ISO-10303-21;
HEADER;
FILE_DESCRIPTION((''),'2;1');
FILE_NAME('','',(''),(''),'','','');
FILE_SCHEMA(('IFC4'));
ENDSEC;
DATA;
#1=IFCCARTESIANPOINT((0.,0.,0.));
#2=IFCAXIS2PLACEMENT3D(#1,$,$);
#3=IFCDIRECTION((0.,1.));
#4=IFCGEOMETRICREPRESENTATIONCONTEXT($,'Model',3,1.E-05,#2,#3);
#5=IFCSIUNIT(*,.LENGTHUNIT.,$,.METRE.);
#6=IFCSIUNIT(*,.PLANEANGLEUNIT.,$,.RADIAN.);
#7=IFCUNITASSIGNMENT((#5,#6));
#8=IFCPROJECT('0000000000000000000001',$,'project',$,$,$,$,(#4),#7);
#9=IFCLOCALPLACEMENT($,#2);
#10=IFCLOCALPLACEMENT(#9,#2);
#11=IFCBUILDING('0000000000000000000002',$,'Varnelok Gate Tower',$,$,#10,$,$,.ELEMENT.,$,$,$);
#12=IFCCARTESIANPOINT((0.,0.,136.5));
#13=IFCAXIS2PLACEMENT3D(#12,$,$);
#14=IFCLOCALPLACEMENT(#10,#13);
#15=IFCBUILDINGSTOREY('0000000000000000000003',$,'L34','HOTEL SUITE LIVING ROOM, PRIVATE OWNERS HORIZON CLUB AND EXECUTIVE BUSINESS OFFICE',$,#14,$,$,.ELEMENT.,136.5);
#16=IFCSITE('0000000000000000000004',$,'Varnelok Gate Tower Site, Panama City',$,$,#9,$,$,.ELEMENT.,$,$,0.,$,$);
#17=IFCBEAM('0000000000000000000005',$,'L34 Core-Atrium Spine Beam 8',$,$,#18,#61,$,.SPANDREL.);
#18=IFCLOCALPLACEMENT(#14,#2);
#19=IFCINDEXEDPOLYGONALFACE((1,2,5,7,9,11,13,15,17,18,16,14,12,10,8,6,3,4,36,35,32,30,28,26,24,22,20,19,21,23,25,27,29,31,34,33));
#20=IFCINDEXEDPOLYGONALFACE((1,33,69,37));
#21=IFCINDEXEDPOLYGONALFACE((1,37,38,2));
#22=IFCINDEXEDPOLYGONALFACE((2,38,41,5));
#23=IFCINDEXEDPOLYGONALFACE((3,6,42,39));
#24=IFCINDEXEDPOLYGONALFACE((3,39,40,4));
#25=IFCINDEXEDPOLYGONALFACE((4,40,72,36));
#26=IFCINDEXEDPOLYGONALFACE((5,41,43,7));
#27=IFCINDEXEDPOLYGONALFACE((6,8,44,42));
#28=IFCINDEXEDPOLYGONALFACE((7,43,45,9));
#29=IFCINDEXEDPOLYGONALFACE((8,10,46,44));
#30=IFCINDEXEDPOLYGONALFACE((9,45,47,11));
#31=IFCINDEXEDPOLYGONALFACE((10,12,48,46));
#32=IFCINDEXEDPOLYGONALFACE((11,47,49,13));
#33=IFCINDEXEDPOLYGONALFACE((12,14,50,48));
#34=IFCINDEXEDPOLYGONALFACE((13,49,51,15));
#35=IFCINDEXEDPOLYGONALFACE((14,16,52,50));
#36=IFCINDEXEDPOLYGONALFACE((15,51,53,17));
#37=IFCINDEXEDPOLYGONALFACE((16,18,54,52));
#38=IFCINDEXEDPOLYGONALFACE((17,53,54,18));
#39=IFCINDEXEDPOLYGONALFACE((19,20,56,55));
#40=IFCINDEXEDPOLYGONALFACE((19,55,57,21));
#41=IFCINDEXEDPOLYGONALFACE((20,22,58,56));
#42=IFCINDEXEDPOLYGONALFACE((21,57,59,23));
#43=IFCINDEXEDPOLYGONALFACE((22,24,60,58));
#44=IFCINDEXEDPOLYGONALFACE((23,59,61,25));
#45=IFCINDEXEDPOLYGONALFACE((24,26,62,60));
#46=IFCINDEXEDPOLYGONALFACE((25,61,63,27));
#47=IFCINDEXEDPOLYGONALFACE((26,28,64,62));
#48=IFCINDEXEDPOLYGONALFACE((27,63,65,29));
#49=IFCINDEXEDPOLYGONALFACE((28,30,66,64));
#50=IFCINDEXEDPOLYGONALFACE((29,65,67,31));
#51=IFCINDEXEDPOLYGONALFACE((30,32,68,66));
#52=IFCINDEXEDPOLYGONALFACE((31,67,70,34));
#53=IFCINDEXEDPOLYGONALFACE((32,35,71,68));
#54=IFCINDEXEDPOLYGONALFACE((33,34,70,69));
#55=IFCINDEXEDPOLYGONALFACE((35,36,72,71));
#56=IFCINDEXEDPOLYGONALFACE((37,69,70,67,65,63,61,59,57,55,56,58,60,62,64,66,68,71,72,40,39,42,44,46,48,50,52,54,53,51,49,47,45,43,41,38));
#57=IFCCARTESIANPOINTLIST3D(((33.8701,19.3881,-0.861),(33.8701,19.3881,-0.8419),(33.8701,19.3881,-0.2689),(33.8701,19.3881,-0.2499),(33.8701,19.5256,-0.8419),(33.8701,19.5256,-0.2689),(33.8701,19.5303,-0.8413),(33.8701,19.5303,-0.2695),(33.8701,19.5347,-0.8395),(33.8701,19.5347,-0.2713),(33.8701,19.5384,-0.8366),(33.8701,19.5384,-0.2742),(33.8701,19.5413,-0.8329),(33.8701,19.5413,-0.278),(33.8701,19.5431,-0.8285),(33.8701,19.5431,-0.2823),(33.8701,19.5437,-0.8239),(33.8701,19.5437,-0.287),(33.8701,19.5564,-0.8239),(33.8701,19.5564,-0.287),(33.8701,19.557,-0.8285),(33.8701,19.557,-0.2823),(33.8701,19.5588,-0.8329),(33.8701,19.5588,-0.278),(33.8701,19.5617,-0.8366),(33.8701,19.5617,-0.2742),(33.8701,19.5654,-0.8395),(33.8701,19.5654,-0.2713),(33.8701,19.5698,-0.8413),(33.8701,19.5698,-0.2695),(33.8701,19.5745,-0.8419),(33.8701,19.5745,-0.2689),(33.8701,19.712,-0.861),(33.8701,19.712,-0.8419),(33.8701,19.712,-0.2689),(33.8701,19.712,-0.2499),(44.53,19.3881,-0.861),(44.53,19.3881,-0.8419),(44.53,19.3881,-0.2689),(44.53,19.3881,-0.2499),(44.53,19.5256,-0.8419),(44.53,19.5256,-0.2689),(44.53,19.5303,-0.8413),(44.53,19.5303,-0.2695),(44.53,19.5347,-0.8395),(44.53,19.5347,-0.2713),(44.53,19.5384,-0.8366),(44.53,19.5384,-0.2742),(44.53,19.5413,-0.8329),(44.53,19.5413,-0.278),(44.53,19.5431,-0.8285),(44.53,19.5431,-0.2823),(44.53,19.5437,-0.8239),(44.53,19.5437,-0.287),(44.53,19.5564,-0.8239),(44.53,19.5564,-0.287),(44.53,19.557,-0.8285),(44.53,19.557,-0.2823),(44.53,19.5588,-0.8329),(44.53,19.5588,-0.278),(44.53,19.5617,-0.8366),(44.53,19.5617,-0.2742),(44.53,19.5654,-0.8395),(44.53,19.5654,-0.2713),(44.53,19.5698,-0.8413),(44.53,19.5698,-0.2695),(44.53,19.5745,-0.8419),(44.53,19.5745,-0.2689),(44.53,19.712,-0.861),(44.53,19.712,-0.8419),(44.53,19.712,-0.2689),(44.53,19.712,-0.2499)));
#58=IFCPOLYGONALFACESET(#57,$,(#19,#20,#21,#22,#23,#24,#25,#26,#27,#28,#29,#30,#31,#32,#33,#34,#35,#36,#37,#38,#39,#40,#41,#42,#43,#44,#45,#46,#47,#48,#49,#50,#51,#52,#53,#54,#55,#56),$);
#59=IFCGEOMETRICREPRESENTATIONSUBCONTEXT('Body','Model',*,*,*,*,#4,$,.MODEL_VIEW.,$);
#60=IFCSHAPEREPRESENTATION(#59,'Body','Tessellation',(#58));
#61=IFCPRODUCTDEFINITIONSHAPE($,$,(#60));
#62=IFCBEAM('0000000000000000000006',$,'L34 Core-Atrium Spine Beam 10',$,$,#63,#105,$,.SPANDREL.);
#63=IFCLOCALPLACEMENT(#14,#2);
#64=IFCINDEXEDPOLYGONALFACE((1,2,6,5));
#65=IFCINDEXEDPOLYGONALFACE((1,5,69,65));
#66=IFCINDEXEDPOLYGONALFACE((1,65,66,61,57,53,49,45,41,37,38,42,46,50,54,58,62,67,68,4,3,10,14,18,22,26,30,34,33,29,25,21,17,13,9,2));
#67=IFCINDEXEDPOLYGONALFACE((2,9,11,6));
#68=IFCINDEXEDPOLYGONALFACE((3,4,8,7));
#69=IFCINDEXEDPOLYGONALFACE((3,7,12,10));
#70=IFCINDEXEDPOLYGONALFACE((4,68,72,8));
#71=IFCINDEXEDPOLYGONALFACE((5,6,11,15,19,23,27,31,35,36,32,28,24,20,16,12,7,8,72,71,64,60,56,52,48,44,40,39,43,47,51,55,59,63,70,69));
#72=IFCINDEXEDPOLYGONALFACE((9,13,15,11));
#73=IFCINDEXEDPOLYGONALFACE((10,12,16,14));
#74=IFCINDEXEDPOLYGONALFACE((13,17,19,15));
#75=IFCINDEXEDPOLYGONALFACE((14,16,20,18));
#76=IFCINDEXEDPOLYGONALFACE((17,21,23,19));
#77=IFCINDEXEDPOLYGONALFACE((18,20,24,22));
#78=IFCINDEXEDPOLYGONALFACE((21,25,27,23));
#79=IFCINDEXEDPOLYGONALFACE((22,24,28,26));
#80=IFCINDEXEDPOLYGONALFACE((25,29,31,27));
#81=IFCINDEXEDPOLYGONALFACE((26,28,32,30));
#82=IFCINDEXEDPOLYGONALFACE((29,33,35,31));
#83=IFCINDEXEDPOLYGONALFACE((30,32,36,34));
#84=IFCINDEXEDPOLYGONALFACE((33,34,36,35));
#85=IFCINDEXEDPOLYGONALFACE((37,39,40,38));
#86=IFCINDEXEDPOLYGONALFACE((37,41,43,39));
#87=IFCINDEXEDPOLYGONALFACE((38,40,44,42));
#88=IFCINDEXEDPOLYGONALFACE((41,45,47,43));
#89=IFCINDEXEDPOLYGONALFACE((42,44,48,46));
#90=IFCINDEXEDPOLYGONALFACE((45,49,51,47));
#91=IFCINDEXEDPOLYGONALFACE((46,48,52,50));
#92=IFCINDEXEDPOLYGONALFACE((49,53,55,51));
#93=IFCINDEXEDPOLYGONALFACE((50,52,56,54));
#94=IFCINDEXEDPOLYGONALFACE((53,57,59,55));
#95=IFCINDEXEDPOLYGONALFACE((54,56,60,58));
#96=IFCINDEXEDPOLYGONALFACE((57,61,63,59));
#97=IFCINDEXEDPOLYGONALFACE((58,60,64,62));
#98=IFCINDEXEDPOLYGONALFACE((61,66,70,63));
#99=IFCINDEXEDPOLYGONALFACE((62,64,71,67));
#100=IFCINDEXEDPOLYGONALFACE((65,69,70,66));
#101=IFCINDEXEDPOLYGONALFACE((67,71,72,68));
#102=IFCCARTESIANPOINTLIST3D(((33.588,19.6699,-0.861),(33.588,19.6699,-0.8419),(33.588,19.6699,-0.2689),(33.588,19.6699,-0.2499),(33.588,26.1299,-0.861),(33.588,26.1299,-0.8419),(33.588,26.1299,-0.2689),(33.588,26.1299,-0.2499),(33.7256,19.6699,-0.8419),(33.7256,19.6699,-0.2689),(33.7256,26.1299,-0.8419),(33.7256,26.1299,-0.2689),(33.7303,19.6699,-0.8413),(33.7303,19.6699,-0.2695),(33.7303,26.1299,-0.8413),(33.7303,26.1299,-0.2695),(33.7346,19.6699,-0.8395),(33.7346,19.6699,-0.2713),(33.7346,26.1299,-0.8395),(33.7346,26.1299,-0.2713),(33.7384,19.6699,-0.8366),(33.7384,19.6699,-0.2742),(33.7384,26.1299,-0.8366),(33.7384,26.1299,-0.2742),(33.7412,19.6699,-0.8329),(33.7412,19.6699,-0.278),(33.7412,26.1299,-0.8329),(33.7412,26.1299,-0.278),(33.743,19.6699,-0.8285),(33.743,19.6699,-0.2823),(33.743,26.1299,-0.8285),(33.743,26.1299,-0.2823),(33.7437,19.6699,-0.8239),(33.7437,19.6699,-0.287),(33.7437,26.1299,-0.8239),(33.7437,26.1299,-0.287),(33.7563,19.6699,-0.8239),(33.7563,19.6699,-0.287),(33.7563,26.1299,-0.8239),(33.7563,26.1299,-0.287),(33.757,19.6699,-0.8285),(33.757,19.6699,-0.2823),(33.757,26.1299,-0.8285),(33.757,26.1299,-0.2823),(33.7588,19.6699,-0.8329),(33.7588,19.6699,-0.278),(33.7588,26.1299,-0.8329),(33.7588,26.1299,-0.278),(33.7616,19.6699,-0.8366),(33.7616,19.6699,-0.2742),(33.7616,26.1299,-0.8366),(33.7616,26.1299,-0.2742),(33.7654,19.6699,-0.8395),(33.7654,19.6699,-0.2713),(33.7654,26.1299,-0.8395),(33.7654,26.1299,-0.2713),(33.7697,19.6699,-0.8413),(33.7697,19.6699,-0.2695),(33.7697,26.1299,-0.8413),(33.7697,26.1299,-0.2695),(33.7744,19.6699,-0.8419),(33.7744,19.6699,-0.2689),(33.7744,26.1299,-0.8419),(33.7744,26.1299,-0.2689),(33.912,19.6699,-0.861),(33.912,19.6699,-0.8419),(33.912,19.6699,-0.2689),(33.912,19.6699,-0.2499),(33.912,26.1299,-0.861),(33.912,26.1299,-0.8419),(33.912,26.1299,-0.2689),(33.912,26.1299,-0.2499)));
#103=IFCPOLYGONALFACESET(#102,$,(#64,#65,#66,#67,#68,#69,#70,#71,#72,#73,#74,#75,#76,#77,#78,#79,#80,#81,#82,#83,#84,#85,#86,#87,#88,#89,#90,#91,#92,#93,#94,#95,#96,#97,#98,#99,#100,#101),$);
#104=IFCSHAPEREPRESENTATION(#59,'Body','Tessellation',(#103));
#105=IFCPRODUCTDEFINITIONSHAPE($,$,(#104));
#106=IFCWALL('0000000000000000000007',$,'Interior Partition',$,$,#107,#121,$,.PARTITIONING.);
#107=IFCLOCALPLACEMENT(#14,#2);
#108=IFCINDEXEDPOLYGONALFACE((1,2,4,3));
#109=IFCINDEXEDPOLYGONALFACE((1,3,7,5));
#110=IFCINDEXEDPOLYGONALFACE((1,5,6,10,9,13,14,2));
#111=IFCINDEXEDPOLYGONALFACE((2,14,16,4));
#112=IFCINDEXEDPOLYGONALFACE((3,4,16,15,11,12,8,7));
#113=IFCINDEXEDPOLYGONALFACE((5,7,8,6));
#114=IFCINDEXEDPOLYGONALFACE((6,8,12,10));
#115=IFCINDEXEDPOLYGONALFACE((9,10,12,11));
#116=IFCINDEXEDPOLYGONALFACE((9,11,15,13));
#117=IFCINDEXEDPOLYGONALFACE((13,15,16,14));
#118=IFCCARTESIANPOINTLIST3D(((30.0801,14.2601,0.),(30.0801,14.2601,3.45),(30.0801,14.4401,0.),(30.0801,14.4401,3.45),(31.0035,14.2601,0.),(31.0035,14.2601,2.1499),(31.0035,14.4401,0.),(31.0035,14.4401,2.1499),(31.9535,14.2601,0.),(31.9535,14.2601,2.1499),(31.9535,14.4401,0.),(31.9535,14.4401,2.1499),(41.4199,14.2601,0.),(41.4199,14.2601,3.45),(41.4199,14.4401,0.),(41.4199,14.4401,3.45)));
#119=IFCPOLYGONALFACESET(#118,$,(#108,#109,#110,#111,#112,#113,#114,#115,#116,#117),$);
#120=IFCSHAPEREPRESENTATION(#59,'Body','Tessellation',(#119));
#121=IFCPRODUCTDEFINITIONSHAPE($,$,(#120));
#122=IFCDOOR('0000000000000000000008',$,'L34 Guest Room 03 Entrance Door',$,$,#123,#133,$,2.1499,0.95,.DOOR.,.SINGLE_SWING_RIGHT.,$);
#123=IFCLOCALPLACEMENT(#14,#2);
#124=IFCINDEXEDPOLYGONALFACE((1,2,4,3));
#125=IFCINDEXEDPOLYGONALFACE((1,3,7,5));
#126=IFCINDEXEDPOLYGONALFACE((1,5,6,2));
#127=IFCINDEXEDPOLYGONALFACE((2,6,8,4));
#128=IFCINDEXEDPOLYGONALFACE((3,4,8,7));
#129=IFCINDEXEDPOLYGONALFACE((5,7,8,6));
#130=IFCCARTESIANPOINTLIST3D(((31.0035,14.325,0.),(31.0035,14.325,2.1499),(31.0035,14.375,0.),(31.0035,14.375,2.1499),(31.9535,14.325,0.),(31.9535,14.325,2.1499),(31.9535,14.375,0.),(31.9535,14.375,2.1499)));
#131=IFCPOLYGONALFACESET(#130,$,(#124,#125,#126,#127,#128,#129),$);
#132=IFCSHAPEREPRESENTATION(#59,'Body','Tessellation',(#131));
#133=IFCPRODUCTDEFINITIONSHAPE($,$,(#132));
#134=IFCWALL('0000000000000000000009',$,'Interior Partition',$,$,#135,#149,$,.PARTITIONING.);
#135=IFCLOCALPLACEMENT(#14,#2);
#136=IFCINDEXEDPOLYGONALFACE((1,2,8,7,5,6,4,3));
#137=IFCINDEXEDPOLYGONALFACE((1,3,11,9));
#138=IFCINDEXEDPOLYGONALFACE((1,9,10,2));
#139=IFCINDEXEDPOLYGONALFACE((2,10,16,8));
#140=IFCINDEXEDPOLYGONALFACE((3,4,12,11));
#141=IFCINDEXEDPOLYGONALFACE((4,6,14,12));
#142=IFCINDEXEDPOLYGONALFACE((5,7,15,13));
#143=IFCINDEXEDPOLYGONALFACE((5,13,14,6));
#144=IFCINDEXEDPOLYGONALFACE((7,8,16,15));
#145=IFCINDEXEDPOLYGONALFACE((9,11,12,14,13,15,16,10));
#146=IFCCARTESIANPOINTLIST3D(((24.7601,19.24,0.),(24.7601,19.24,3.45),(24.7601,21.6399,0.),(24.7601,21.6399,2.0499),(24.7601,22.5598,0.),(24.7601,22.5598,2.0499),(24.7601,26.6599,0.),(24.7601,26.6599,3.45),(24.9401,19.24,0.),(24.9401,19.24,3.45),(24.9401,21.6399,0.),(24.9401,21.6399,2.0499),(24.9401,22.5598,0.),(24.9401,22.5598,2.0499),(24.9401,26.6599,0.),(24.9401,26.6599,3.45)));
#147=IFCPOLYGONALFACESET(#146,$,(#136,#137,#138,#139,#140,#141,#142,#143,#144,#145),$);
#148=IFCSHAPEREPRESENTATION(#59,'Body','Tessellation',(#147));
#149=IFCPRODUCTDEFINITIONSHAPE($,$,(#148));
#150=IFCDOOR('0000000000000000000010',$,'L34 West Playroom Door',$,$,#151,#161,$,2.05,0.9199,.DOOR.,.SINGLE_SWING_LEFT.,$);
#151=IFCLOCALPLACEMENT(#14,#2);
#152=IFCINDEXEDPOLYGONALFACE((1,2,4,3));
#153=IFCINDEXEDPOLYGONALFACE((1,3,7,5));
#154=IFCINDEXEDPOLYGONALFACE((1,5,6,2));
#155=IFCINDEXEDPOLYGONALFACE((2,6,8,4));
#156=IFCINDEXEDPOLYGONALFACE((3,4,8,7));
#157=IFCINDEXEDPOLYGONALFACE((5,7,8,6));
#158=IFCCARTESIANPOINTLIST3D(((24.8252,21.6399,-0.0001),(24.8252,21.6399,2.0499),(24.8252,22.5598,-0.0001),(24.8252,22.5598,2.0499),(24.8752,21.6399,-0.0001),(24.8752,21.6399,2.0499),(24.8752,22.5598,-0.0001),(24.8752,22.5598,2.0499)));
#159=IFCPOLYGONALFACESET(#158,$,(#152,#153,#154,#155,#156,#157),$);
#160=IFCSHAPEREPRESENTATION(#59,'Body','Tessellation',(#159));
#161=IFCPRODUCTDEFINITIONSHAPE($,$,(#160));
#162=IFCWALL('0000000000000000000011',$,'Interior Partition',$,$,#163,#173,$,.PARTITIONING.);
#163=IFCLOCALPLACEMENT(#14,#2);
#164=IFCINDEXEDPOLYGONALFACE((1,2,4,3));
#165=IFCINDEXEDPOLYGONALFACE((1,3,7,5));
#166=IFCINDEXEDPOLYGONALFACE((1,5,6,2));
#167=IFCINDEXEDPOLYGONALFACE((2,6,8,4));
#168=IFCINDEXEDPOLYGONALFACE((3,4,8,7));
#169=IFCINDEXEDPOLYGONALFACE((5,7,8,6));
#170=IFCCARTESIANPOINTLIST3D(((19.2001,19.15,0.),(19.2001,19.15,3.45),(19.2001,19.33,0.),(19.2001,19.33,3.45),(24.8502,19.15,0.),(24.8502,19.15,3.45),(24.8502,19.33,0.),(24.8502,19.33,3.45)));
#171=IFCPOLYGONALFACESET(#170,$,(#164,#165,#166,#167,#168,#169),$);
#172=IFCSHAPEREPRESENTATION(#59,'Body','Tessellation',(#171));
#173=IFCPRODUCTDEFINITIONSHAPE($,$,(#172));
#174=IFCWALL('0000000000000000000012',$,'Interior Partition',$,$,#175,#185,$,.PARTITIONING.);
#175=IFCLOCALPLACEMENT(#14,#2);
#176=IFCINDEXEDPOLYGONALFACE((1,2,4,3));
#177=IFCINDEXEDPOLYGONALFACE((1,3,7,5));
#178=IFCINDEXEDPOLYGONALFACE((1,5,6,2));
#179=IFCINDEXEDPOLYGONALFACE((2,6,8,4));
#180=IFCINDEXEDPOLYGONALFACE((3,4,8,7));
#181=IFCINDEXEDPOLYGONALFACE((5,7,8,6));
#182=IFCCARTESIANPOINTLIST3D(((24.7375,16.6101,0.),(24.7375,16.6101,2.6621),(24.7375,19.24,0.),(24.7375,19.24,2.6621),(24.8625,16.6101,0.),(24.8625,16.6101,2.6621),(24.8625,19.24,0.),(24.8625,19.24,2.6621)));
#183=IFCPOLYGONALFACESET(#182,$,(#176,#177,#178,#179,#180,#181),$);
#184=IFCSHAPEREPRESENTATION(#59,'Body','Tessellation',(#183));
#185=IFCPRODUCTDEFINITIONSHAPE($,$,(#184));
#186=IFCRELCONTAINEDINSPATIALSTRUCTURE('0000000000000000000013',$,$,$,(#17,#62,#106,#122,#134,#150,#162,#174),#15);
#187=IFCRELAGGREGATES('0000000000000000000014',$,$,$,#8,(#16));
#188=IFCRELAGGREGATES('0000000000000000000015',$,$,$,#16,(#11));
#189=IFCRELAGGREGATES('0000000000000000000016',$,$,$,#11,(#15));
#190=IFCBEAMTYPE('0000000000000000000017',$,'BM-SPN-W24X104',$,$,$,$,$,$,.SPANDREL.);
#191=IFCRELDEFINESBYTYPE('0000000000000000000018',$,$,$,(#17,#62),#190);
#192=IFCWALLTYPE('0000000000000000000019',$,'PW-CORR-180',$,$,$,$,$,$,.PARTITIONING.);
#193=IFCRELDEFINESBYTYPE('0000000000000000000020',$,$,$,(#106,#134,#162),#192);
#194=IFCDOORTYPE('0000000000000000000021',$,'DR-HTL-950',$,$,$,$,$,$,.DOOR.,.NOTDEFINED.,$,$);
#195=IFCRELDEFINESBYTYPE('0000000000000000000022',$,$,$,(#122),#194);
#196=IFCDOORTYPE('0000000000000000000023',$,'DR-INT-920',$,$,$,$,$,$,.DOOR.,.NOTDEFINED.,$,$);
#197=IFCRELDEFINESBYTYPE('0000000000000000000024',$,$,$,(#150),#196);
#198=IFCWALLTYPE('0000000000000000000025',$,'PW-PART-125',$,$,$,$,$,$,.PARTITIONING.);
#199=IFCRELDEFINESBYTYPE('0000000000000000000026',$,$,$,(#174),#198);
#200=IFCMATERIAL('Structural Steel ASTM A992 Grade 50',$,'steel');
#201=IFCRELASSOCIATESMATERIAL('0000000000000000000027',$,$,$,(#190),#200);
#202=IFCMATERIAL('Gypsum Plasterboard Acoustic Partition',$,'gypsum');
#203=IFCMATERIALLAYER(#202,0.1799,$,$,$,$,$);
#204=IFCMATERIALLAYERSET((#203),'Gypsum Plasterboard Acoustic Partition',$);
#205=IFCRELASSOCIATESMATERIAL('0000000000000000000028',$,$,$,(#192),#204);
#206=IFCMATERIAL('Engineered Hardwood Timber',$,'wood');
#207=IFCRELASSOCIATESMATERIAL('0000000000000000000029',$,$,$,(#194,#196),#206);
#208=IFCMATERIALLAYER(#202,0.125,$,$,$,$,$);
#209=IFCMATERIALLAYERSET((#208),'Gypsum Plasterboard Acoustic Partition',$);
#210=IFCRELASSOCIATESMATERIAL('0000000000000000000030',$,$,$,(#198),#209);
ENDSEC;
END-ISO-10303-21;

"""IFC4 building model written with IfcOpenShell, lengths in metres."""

from ifc_helpers import new_model, si_unit, direction, frame, frame_2d, origin, origin_2d, place, context, subcontext, project, spatial, rectangle, i_section, extrude, material, layer, layer_set, material_profile, profile_set, type_object, element, fill, save


model = new_model("IFC4")

# Units and contexts
model_context = context("Model", 3, precision=1e-05, world=origin(), true_north=direction((0.0, 1.0)))
body_context = subcontext(model_context, "Body", "Model", "MODEL_VIEW")
ifc_project = project(units=[si_unit("LENGTHUNIT", "METRE"), si_unit("PLANEANGLEUNIT", "RADIAN")], contexts=[model_context])

# Site, building, storey
site_placement = place(None, origin())
site = spatial("IfcSite", under=ifc_project, at=site_placement, Name="Varnelok Gate Tower Site, Panama City", CompositionType="ELEMENT", RefElevation=0.0)
building_placement = place(site_placement, origin())
building = spatial("IfcBuilding", under=site, at=building_placement, Name="Varnelok Gate Tower", CompositionType="ELEMENT")
storey_placement = place(building_placement, frame((0.0, 0.0, 136.5)))
storey = spatial("IfcBuildingStorey", under=building, at=storey_placement, Name="L34", Description="HOTEL SUITE LIVING ROOM, PRIVATE OWNERS HORIZON CLUB AND EXECUTIVE BUSINESS OFFICE", CompositionType="ELEMENT", Elevation=136.5)

# Shared definitions
ifc_material_1 = material(Name="Structural Steel ASTM A992 Grade 50", Category="steel")

# Beams
ifc_material_profile_1 = material_profile(ifc_material_1, i_section(OverallWidth=0.324, OverallDepth=0.6111, WebThickness=0.0127, FlangeThickness=0.019, FilletRadius=0.0181, at=origin_2d()), Name="W24X104")
ifc_profile_set_1 = profile_set([ifc_material_profile_1], Name="Structural Steel ASTM A992 Grade 50")
beam_type_1 = type_object("IfcBeamType", Name="BM-SPN-W24X104", PredefinedType="SPANDREL", material=ifc_profile_set_1)
beam_1_placement = place(storey_placement, frame((33.8701, 19.55, -0.5554), z_axis=(1.0, 0.0, 0.0), x_axis=(0.0, 1.0, 0.0)))
element("IfcBeam", 1, at=beam_1_placement, inside=storey, type_object=beam_type_1, Name="L34 Core-Atrium Spine Beam 8", PredefinedType="SPANDREL", context=body_context, shape_type="SweptSolid", body=[
    extrude(i_section(OverallWidth=0.324, OverallDepth=0.6111, WebThickness=0.0127, FlangeThickness=0.019, FilletRadius=0.0181, at=origin_2d()), origin(), (0.0, 0.0, 1.0), 10.6599),
])
beam_2_placement = place(storey_placement, frame((33.75, 19.6699, -0.5554), z_axis=(0.0, 1.0, 0.0), x_axis=(-1.0, 0.0, 0.0)))
element("IfcBeam", 2, at=beam_2_placement, inside=storey, type_object=beam_type_1, Name="L34 Core-Atrium Spine Beam 10", PredefinedType="SPANDREL", context=body_context, shape_type="SweptSolid", body=[
    extrude(i_section(OverallWidth=0.324, OverallDepth=0.6111, WebThickness=0.0127, FlangeThickness=0.019, FilletRadius=0.0181, at=origin_2d()), origin(), (0.0, 0.0, 1.0), 6.46),
])

# Walls, openings, doors
ifc_material_2 = material(Name="Gypsum Plasterboard Acoustic Partition", Category="gypsum")
ifc_layer_1 = layer(ifc_material_2, 0.1799)
ifc_layer_set_1 = layer_set([ifc_layer_1], Name="Gypsum Plasterboard Acoustic Partition")
wall_type_1 = type_object("IfcWallType", Name="PW-CORR-180", PredefinedType="PARTITIONING", material=ifc_layer_set_1)
wall_1_placement = place(storey_placement, frame((30.0801, 14.3501, 0.0), z_axis=(0.0, 0.0, 1.0), x_axis=(1.0, 0.0, 0.0)))
wall_1 = element("IfcWall", 3, at=wall_1_placement, inside=storey, type_object=wall_type_1, Name="Interior Partition", PredefinedType="PARTITIONING", context=body_context, shape_type="SweptSolid", body=[
    extrude(rectangle(XDim=11.3398, YDim=0.1799, at=frame_2d((5.6699, 0.0))), origin(), (0.0, 0.0, 1.0), 3.45),
])
opening_1_placement = place(wall_1_placement, frame((0.9233, 0.0, 0.0)))
opening_1 = element("IfcOpeningElement", 4, at=opening_1_placement, cuts=wall_1, PredefinedType="OPENING", context=body_context, shape_type="SweptSolid", body=[
    extrude(rectangle(XDim=0.95, YDim=2.1499, at=frame_2d((0.4751, 1.075))), frame((0.0, 0.0999, 0.0), z_axis=(0.0, -1.0, 0.0), x_axis=(1.0, 0.0, 0.0)), (0.0, 0.0, 1.0), 0.2),
])
ifc_material_3 = material(Name="Engineered Hardwood Timber", Category="wood")
door_type_1 = type_object("IfcDoorType", Name="DR-HTL-950", OperationType="NOTDEFINED", PredefinedType="DOOR", material=ifc_material_3)
door_1_placement = place(opening_1_placement, origin())
door_1 = element("IfcDoor", 5, at=door_1_placement, inside=storey, type_object=door_type_1, Name="L34 Guest Room 03 Entrance Door", OperationType="SINGLE_SWING_RIGHT", OverallHeight=2.1499, OverallWidth=0.95, PredefinedType="DOOR", context=body_context, shape_type="SweptSolid", body=[
    extrude(rectangle(XDim=0.95, YDim=2.1499, at=frame_2d((0.4751, 1.075))), frame((0.0, 0.0249, 0.0), z_axis=(0.0, -1.0, 0.0), x_axis=(1.0, 0.0, 0.0)), (0.0, 0.0, 1.0), 0.05),
])
fill(opening_1, door_1)
wall_2_placement = place(storey_placement, frame((24.8501, 19.24, 0.0), z_axis=(0.0, 0.0, 1.0), x_axis=(0.0, 1.0, 0.0)))
wall_2 = element("IfcWall", 6, at=wall_2_placement, inside=storey, type_object=wall_type_1, Name="Interior Partition", PredefinedType="PARTITIONING", context=body_context, shape_type="SweptSolid", body=[
    extrude(rectangle(XDim=7.4199, YDim=0.1799, at=frame_2d((3.71, 0.0))), origin(), (0.0, 0.0, 1.0), 3.45),
])
opening_2_placement = place(wall_2_placement, frame((2.3999, 0.0, 0.0)))
opening_2 = element("IfcOpeningElement", 7, at=opening_2_placement, cuts=wall_2, PredefinedType="OPENING", context=body_context, shape_type="SweptSolid", body=[
    extrude(rectangle(XDim=0.9199, YDim=2.05, at=frame_2d((0.46, 1.0249))), frame((0.0, 0.0999, 0.0), z_axis=(0.0, -1.0, 0.0), x_axis=(1.0, 0.0, 0.0)), (0.0, 0.0, 1.0), 0.2),
])
door_type_2 = type_object("IfcDoorType", Name="DR-INT-920", OperationType="NOTDEFINED", PredefinedType="DOOR", material=ifc_material_3)
door_2_placement = place(opening_2_placement, origin())
door_2 = element("IfcDoor", 8, at=door_2_placement, inside=storey, type_object=door_type_2, Name="L34 West Playroom Door", OperationType="SINGLE_SWING_LEFT", OverallHeight=2.05, OverallWidth=0.9199, PredefinedType="DOOR", context=body_context, shape_type="SweptSolid", body=[
    extrude(rectangle(XDim=0.9199, YDim=2.05, at=frame_2d((0.46, 1.0249))), frame((0.0, 0.0249, 0.0), z_axis=(0.0, -1.0, 0.0), x_axis=(1.0, 0.0, 0.0)), (0.0, 0.0, 1.0), 0.05),
])
fill(opening_2, door_2)

# Walls
wall_3_placement = place(storey_placement, frame((19.2, 19.24, 0.0), z_axis=(0.0, 0.0, 1.0), x_axis=(1.0, 0.0, 0.0)))
element("IfcWall", 9, at=wall_3_placement, inside=storey, type_object=wall_type_1, Name="Interior Partition", PredefinedType="PARTITIONING", context=body_context, shape_type="SweptSolid", body=[
    extrude(rectangle(XDim=5.6501, YDim=0.1799, at=frame_2d((2.8252, 0.0))), origin(), (0.0, 0.0, 1.0), 3.45),
])
ifc_layer_2 = layer(ifc_material_2, 0.125)
ifc_layer_set_2 = layer_set([ifc_layer_2], Name="Gypsum Plasterboard Acoustic Partition")
wall_type_2 = type_object("IfcWallType", Name="PW-PART-125", PredefinedType="PARTITIONING", material=ifc_layer_set_2)
wall_4_placement = place(storey_placement, frame((24.8, 16.6101, 0.0), z_axis=(0.0, 0.0, 1.0), x_axis=(0.0, 1.0, 0.0)))
element("IfcWall", 10, at=wall_4_placement, inside=storey, type_object=wall_type_2, Name="Interior Partition", PredefinedType="PARTITIONING", context=body_context, shape_type="SweptSolid", body=[
    extrude(rectangle(XDim=2.6299, YDim=0.125, at=frame_2d((1.3149, 0.0))), origin(), (0.0, 0.0, 1.0), 2.6621),
])

save(model, "model.ifc")
